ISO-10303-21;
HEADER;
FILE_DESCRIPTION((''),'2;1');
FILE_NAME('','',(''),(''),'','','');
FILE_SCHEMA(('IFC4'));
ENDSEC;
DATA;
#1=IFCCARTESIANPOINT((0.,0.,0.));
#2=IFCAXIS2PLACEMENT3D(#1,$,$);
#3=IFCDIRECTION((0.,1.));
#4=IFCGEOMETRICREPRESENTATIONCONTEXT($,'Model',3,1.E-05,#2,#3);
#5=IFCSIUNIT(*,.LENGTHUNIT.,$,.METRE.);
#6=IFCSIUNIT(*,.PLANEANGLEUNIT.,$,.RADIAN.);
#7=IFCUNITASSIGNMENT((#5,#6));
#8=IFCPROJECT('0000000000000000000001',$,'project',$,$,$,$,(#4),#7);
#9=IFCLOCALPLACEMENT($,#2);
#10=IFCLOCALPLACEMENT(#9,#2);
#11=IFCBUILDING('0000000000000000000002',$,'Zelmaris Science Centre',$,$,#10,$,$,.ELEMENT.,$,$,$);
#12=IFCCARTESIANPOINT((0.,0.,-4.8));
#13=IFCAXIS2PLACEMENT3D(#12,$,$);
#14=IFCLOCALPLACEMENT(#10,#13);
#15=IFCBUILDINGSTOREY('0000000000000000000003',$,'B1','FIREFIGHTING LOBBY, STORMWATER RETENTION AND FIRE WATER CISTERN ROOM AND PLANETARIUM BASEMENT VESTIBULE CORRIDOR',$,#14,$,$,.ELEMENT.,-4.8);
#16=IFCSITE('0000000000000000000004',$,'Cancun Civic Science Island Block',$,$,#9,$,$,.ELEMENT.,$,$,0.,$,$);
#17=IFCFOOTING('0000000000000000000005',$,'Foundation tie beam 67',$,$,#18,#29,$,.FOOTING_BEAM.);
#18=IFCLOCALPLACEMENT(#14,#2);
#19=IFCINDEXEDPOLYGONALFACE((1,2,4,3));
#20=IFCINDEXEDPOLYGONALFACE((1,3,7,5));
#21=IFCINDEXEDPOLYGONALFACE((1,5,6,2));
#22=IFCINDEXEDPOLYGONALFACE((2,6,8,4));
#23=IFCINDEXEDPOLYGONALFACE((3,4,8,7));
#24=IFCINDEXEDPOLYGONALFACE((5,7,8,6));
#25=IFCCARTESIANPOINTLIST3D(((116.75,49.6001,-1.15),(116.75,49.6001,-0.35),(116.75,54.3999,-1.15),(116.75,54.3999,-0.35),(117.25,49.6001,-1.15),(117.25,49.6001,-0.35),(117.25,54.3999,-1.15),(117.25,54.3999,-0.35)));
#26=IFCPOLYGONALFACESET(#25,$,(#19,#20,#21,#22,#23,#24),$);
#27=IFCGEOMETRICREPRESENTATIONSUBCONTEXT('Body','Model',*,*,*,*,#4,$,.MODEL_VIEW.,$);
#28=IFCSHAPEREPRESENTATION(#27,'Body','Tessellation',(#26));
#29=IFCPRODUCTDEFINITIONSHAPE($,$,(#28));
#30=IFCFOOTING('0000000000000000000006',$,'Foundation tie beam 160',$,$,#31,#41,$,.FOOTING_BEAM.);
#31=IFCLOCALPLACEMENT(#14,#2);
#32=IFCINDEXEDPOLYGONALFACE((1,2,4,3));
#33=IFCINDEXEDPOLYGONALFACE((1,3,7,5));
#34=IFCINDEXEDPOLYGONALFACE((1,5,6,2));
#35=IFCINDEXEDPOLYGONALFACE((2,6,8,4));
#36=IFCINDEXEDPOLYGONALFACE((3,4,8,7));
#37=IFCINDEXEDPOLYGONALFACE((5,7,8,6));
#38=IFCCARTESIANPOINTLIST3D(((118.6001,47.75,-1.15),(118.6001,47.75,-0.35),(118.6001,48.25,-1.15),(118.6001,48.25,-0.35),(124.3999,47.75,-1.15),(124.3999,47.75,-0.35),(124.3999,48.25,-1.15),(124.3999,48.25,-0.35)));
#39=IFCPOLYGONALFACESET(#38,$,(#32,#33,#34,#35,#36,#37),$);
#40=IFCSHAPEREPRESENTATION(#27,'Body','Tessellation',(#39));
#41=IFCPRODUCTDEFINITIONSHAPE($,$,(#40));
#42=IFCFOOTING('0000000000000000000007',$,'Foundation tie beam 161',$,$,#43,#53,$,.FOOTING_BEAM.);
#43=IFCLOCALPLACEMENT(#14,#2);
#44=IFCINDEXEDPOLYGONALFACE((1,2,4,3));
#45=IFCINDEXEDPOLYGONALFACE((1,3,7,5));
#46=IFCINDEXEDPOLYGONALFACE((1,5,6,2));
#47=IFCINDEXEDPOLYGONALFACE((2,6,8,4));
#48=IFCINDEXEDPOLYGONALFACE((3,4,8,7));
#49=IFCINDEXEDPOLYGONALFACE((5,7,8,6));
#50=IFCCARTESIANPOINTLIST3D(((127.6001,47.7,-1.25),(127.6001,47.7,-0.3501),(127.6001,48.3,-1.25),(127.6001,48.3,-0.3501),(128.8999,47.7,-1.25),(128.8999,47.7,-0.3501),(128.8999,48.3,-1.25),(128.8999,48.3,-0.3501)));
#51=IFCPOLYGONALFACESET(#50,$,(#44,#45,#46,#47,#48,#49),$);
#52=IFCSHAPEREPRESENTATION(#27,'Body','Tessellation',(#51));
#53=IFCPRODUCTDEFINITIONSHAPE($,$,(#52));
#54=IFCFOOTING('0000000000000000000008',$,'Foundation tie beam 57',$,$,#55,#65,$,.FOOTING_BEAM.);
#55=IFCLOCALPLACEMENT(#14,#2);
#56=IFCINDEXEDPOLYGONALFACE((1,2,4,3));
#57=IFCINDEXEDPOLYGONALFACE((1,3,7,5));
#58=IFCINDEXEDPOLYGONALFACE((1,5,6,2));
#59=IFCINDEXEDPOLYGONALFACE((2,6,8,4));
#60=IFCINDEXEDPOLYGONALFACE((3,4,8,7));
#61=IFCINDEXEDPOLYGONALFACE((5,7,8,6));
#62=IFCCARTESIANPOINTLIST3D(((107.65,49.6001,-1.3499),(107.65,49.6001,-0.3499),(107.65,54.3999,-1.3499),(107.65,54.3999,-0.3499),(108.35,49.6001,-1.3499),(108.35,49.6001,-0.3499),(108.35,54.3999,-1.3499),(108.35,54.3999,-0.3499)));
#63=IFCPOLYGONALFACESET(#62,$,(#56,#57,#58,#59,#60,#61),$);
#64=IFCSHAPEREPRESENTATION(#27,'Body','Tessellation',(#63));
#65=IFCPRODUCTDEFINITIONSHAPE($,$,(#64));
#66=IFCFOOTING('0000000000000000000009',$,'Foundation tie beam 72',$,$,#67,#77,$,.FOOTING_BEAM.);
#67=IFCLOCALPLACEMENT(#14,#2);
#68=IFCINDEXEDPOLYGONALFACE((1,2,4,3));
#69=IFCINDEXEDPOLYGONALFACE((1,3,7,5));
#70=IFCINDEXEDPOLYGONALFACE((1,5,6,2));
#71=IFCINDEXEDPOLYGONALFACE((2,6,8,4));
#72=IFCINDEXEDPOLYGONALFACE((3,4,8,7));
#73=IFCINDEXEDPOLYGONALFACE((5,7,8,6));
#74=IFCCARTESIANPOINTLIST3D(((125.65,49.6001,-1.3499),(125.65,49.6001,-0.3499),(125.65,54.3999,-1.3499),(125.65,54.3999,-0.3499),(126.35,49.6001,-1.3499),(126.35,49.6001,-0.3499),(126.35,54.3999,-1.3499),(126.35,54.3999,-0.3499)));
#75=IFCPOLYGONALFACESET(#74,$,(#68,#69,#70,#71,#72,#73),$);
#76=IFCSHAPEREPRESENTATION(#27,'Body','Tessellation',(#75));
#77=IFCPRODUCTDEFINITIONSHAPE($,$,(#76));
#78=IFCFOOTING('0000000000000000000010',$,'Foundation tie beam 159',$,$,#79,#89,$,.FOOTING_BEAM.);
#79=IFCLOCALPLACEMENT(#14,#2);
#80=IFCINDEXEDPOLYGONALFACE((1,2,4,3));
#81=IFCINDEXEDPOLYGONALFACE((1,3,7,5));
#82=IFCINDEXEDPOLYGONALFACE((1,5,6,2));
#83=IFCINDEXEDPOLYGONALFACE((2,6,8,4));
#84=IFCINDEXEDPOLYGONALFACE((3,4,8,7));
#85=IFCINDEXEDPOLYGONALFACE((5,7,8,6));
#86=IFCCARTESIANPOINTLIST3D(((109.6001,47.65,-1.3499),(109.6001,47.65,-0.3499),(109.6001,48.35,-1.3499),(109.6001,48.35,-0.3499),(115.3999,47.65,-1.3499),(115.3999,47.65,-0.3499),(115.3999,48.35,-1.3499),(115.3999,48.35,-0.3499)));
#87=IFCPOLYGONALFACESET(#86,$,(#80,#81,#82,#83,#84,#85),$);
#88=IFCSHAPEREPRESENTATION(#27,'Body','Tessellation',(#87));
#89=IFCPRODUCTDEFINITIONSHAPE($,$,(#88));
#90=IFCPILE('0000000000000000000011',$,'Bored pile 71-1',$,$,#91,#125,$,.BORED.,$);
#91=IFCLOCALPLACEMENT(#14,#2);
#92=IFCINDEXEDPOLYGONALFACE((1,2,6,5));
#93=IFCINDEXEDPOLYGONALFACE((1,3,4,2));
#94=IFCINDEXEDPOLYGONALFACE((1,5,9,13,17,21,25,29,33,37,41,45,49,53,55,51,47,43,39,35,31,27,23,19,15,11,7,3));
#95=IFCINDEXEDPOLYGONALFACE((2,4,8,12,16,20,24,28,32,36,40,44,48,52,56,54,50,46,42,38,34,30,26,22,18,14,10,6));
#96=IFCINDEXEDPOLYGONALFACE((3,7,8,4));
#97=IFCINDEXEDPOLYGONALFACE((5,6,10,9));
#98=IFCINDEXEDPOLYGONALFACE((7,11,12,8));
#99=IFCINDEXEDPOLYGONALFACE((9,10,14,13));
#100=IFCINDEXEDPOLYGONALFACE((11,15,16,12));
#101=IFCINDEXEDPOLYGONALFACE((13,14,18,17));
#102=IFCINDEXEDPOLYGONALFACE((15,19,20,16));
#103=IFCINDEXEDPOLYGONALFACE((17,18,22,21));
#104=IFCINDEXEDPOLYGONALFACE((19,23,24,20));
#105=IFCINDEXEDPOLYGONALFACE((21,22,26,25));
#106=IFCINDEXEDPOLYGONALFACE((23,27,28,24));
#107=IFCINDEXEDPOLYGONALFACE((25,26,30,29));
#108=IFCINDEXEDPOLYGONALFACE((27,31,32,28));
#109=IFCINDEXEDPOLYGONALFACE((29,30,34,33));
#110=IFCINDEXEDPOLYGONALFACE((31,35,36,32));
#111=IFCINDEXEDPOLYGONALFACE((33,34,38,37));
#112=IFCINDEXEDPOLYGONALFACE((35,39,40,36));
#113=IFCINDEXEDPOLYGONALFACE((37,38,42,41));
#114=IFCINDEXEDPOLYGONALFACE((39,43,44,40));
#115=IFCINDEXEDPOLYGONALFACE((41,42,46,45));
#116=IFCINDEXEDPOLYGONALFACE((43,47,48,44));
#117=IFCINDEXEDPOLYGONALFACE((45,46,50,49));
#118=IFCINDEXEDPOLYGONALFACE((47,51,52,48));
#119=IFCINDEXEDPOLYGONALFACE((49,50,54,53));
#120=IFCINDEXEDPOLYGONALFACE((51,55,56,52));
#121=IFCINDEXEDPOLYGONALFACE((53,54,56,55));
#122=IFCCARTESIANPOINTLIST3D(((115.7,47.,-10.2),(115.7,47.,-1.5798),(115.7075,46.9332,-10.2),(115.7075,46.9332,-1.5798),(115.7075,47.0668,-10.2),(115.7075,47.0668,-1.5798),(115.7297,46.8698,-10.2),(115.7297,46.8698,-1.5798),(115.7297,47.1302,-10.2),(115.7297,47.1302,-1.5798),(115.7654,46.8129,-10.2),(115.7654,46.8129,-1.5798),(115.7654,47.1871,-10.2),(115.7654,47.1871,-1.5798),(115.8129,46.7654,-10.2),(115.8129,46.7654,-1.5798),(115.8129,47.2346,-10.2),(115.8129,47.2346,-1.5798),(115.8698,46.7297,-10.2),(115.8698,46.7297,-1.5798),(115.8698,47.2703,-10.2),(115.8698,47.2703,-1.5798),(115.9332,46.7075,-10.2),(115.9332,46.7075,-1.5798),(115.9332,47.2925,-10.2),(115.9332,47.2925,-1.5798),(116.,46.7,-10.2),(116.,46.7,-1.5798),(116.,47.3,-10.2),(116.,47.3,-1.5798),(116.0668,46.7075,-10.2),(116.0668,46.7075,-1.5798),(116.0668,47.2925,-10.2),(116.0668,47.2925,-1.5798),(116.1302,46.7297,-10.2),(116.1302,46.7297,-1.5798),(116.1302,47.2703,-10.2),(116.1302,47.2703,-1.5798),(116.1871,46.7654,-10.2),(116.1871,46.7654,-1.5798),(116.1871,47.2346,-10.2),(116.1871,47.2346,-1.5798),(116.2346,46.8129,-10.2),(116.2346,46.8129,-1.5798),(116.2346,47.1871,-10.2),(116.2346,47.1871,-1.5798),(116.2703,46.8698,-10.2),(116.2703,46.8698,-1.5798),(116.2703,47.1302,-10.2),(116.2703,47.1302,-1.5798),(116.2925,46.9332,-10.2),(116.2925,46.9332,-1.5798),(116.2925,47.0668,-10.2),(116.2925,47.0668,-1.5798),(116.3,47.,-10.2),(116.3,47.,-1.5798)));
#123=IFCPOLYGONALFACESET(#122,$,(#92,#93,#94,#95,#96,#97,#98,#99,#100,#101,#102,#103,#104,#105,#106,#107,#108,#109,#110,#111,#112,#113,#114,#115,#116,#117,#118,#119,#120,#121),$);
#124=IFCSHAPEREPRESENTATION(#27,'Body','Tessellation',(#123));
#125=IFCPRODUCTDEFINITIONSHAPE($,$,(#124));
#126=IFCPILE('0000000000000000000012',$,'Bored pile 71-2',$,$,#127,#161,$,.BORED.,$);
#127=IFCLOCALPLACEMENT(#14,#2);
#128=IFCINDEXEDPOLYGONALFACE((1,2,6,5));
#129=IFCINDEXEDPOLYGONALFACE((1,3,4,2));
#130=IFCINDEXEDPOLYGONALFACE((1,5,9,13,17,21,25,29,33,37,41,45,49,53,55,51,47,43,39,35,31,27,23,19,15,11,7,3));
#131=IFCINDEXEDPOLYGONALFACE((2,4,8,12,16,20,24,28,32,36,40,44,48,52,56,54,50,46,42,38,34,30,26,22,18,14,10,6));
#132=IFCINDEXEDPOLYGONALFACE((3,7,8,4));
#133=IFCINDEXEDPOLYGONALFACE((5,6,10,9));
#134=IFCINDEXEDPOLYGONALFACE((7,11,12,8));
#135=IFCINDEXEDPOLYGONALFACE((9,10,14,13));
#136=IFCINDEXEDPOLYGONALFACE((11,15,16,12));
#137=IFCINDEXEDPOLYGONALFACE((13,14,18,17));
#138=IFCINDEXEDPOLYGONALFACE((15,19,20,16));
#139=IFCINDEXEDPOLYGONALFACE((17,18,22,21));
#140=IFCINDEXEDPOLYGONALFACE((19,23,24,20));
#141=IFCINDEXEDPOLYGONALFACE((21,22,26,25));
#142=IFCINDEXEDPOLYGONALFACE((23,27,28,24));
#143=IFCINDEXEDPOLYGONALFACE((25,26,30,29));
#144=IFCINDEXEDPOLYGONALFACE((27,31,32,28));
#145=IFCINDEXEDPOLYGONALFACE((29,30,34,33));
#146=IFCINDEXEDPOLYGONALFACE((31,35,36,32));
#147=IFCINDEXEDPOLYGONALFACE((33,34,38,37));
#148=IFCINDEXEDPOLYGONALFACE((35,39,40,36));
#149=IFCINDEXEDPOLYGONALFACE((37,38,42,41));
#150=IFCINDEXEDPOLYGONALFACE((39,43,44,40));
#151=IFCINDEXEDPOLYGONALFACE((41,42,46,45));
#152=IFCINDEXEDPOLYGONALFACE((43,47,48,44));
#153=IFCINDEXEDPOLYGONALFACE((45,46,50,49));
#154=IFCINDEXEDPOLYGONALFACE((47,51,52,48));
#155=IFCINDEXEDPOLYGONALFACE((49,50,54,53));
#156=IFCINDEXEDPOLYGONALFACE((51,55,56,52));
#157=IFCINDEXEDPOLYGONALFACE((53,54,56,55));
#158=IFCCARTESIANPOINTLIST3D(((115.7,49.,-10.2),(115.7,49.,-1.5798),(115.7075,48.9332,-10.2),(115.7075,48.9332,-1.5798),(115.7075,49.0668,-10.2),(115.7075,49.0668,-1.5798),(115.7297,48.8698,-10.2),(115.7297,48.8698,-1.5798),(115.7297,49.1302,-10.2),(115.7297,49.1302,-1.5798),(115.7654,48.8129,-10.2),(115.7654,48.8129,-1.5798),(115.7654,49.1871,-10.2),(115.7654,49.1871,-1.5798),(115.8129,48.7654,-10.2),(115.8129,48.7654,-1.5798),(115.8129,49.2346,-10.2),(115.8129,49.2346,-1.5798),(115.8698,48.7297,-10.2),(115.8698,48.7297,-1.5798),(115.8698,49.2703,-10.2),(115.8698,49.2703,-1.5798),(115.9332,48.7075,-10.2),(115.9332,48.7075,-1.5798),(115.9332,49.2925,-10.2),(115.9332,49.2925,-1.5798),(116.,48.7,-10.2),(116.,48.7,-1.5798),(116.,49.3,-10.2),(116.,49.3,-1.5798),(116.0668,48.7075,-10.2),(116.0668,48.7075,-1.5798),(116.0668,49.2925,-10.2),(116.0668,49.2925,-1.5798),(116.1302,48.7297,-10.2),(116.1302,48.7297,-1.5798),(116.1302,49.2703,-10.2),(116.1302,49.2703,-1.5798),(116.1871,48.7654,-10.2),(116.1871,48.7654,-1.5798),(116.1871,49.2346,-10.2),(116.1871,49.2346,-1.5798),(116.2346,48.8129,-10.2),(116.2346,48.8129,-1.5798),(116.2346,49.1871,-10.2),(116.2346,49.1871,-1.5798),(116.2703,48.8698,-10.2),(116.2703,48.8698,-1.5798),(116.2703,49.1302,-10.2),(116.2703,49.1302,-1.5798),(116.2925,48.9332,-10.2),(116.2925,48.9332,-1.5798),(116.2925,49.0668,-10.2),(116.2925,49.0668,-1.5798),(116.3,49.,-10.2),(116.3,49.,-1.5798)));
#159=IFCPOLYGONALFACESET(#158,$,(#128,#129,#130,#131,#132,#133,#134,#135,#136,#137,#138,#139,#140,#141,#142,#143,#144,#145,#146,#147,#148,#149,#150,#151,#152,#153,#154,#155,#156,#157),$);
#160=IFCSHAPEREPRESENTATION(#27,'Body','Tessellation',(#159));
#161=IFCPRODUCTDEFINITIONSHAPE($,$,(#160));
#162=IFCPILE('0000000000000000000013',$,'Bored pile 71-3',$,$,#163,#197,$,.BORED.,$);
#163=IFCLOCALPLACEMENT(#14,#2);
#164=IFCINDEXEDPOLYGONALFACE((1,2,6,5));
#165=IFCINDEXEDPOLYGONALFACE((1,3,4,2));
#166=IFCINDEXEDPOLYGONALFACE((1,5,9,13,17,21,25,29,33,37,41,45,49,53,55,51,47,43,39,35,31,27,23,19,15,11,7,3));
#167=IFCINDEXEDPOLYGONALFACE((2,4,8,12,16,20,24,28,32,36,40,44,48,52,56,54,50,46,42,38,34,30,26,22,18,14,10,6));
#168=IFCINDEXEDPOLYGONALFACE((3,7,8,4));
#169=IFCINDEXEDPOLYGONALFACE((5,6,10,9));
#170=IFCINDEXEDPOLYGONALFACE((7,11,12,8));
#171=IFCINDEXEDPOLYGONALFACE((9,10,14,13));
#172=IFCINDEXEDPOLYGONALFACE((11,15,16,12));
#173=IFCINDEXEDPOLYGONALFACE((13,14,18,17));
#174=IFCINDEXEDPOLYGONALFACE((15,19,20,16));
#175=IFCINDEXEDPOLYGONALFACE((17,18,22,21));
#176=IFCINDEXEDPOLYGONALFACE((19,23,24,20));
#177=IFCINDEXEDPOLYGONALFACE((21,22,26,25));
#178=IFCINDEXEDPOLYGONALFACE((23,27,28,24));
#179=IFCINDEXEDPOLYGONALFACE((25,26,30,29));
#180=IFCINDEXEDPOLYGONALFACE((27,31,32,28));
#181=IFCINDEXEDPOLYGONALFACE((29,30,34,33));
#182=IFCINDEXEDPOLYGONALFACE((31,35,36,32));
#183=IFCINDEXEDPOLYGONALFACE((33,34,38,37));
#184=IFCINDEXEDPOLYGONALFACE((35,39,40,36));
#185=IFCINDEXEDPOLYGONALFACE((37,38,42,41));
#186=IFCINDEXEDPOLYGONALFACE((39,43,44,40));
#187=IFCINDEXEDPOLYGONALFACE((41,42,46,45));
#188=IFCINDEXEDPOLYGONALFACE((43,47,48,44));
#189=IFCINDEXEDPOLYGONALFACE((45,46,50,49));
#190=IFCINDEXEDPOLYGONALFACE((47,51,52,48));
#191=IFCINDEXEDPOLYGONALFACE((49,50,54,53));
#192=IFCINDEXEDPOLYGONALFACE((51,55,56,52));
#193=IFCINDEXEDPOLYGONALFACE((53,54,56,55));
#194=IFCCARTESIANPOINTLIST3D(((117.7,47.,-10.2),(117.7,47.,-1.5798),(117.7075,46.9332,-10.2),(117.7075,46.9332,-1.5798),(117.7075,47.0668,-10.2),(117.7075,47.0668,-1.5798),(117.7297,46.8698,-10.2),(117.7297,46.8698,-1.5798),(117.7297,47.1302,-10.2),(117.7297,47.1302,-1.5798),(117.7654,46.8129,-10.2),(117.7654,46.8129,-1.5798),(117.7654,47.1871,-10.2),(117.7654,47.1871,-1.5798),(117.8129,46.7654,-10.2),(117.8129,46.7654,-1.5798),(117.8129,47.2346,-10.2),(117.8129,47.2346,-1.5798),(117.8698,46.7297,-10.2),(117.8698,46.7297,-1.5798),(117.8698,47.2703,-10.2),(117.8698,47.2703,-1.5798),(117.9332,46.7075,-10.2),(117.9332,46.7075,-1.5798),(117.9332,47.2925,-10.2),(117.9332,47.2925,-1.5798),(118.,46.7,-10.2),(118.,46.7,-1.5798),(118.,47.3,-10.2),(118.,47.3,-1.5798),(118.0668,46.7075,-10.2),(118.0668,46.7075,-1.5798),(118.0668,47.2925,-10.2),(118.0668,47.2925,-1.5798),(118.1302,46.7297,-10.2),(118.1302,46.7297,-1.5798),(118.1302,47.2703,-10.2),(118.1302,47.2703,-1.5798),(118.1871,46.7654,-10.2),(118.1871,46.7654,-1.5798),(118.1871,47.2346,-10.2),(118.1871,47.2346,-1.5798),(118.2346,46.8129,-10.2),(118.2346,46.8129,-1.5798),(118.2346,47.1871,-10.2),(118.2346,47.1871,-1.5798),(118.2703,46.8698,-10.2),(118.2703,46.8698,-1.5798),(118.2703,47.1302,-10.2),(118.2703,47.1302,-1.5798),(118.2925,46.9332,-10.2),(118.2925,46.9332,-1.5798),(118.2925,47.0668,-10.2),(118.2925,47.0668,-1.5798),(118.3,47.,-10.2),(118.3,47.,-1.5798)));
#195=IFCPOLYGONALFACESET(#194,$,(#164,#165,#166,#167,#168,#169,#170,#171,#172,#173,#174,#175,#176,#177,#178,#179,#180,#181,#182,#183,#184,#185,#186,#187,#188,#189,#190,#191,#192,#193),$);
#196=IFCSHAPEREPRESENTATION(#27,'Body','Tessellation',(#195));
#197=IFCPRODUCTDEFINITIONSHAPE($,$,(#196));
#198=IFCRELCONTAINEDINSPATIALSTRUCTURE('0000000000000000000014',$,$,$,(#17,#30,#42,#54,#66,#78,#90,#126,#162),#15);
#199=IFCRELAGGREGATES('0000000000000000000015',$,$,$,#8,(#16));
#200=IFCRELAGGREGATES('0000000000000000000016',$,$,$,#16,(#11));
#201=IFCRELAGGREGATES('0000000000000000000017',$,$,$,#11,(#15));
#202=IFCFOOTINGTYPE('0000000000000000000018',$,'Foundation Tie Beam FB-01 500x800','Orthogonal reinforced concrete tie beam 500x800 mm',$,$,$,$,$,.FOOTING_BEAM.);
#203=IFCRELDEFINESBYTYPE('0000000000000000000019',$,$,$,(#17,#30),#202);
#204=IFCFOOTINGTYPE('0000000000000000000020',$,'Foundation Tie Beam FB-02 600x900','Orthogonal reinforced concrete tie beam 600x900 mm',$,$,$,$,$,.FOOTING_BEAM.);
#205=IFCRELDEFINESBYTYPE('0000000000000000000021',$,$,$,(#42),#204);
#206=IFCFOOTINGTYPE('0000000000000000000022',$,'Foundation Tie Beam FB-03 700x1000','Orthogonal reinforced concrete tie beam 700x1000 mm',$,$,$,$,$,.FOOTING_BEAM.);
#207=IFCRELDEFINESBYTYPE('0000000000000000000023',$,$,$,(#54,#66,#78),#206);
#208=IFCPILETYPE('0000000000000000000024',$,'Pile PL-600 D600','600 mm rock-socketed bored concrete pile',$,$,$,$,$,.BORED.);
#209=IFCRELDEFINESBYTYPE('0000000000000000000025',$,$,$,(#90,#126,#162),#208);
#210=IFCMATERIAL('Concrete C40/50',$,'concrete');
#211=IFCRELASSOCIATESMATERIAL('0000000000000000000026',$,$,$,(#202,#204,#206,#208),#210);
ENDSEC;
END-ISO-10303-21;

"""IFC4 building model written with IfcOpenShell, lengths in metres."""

from ifc_helpers import new_model, si_unit, direction, frame, origin, origin_2d, place, context, subcontext, project, spatial, rectangle, circle, extrude, material, material_profile, profile_set, type_object, element, save


model = new_model("IFC4")

# Units and contexts
model_context = context("Model", 3, precision=1e-05, world=origin(), true_north=direction((0.0, 1.0)))
body_context = subcontext(model_context, "Body", "Model", "MODEL_VIEW")
ifc_project = project(units=[si_unit("LENGTHUNIT", "METRE"), si_unit("PLANEANGLEUNIT", "RADIAN")], contexts=[model_context])

# Site, building, storey
site_placement = place(None, origin())
site = spatial("IfcSite", under=ifc_project, at=site_placement, Name="Cancun Civic Science Island Block", CompositionType="ELEMENT", RefElevation=0.0)
building_placement = place(site_placement, origin())
building = spatial("IfcBuilding", under=site, at=building_placement, Name="Zelmaris Science Centre", CompositionType="ELEMENT")
storey_placement = place(building_placement, frame((0.0, 0.0, -4.8)))
storey = spatial("IfcBuildingStorey", under=building, at=storey_placement, Name="B1", Description="FIREFIGHTING LOBBY, STORMWATER RETENTION AND FIRE WATER CISTERN ROOM AND PLANETARIUM BASEMENT VESTIBULE CORRIDOR", CompositionType="ELEMENT", Elevation=-4.8)

# Footings
ifc_material_1 = material(Name="Concrete C40/50", Category="concrete")
ifc_material_profile_1 = material_profile(ifc_material_1, rectangle(XDim=0.5, YDim=0.8, at=origin_2d()), Name="FB-500X800")
ifc_profile_set_1 = profile_set([ifc_material_profile_1], Name="Concrete C40/50")
footing_type_1 = type_object("IfcFootingType", Name="Foundation Tie Beam FB-01 500x800", Description="Orthogonal reinforced concrete tie beam 500x800 mm", PredefinedType="FOOTING_BEAM", material=ifc_profile_set_1)
footing_1_placement = place(storey_placement, frame((117.0, 49.6001, -0.75), z_axis=(0.0, 1.0, 0.0), x_axis=(-1.0, 0.0, 0.0)))
element("IfcFooting", 1, at=footing_1_placement, inside=storey, type_object=footing_type_1, Name="Foundation tie beam 67", PredefinedType="FOOTING_BEAM", context=body_context, shape_type="SweptSolid", body=[
    extrude(rectangle(XDim=0.5, YDim=0.8, at=origin_2d()), origin(), (0.0, 0.0, 1.0), 4.7998),
])
footing_2_placement = place(storey_placement, frame((118.6001, 48.0, -0.75), z_axis=(1.0, 0.0, 0.0), x_axis=(0.0, 1.0, 0.0)))
element("IfcFooting", 2, at=footing_2_placement, inside=storey, type_object=footing_type_1, Name="Foundation tie beam 160", PredefinedType="FOOTING_BEAM", context=body_context, shape_type="SweptSolid", body=[
    extrude(rectangle(XDim=0.5, YDim=0.8, at=origin_2d()), origin(), (0.0, 0.0, 1.0), 5.7998),
])
ifc_material_profile_2 = material_profile(ifc_material_1, rectangle(XDim=0.6001, YDim=0.8999, at=origin_2d()), Name="FB-600X900")
ifc_profile_set_2 = profile_set([ifc_material_profile_2], Name="Concrete C40/50")
footing_type_2 = type_object("IfcFootingType", Name="Foundation Tie Beam FB-02 600x900", Description="Orthogonal reinforced concrete tie beam 600x900 mm", PredefinedType="FOOTING_BEAM", material=ifc_profile_set_2)
footing_3_placement = place(storey_placement, frame((127.6001, 48.0, -0.8), z_axis=(1.0, 0.0, 0.0), x_axis=(0.0, 1.0, 0.0)))
element("IfcFooting", 3, at=footing_3_placement, inside=storey, type_object=footing_type_2, Name="Foundation tie beam 161", PredefinedType="FOOTING_BEAM", context=body_context, shape_type="SweptSolid", body=[
    extrude(rectangle(XDim=0.6001, YDim=0.8999, at=origin_2d()), origin(), (0.0, 0.0, 1.0), 1.2998),
])
ifc_material_profile_3 = material_profile(ifc_material_1, rectangle(XDim=0.7, YDim=1.0, at=origin_2d()), Name="FB-700X1000")
ifc_profile_set_3 = profile_set([ifc_material_profile_3], Name="Concrete C40/50")
footing_type_3 = type_object("IfcFootingType", Name="Foundation Tie Beam FB-03 700x1000", Description="Orthogonal reinforced concrete tie beam 700x1000 mm", PredefinedType="FOOTING_BEAM", material=ifc_profile_set_3)
for number, where, z_axis, x_axis, name in (
    (4, (108.0, 49.6001, -0.8499), (0.0, 1.0, 0.0), (-1.0, 0.0, 0.0), "Foundation tie beam 57"),
    (5, (126.0, 49.6001, -0.8499), (0.0, 1.0, 0.0), (-1.0, 0.0, 0.0), "Foundation tie beam 72"),
):
    element("IfcFooting", number, at=place(storey_placement, frame(where, z_axis=z_axis, x_axis=x_axis)), inside=storey, type_object=footing_type_3, Name=name, PredefinedType="FOOTING_BEAM", context=body_context, shape_type="SweptSolid", body=[
        extrude(rectangle(XDim=0.7, YDim=1.0, at=origin_2d()), origin(), (0.0, 0.0, 1.0), 4.7998),
    ])
footing_4_placement = place(storey_placement, frame((109.6001, 48.0, -0.8499), z_axis=(1.0, 0.0, 0.0), x_axis=(0.0, 1.0, 0.0)))
element("IfcFooting", 6, at=footing_4_placement, inside=storey, type_object=footing_type_3, Name="Foundation tie beam 159", PredefinedType="FOOTING_BEAM", context=body_context, shape_type="SweptSolid", body=[
    extrude(rectangle(XDim=0.7, YDim=1.0, at=origin_2d()), origin(), (0.0, 0.0, 1.0), 5.7998),
])

# Piles
ifc_material_profile_4 = material_profile(ifc_material_1, circle(Radius=0.3, at=origin_2d()), Name="PILE-600")
ifc_profile_set_4 = profile_set([ifc_material_profile_4], Name="Concrete C40/50")
pile_type_1 = type_object("IfcPileType", Name="Pile PL-600 D600", Description="600 mm rock-socketed bored concrete pile", PredefinedType="BORED", material=ifc_profile_set_4)
for number, where, z_axis, x_axis, name in (
    (7, (116.0, 47.0, -1.5798), (0.0, 0.0, -1.0), (1.0, 0.0, 0.0), "Bored pile 71-1"),
    (8, (116.0, 49.0, -1.5798), (0.0, 0.0, -1.0), (1.0, 0.0, 0.0), "Bored pile 71-2"),
    (9, (118.0, 47.0, -1.5798), (0.0, 0.0, -1.0), (1.0, 0.0, 0.0), "Bored pile 71-3"),
):
    element("IfcPile", number, at=place(storey_placement, frame(where, z_axis=z_axis, x_axis=x_axis)), inside=storey, type_object=pile_type_1, Name=name, PredefinedType="BORED", context=body_context, shape_type="SweptSolid", body=[
        extrude(circle(Radius=0.3, at=origin_2d()), origin(), (0.0, 0.0, 1.0), 8.6201),
    ])

save(model, "model.ifc")
